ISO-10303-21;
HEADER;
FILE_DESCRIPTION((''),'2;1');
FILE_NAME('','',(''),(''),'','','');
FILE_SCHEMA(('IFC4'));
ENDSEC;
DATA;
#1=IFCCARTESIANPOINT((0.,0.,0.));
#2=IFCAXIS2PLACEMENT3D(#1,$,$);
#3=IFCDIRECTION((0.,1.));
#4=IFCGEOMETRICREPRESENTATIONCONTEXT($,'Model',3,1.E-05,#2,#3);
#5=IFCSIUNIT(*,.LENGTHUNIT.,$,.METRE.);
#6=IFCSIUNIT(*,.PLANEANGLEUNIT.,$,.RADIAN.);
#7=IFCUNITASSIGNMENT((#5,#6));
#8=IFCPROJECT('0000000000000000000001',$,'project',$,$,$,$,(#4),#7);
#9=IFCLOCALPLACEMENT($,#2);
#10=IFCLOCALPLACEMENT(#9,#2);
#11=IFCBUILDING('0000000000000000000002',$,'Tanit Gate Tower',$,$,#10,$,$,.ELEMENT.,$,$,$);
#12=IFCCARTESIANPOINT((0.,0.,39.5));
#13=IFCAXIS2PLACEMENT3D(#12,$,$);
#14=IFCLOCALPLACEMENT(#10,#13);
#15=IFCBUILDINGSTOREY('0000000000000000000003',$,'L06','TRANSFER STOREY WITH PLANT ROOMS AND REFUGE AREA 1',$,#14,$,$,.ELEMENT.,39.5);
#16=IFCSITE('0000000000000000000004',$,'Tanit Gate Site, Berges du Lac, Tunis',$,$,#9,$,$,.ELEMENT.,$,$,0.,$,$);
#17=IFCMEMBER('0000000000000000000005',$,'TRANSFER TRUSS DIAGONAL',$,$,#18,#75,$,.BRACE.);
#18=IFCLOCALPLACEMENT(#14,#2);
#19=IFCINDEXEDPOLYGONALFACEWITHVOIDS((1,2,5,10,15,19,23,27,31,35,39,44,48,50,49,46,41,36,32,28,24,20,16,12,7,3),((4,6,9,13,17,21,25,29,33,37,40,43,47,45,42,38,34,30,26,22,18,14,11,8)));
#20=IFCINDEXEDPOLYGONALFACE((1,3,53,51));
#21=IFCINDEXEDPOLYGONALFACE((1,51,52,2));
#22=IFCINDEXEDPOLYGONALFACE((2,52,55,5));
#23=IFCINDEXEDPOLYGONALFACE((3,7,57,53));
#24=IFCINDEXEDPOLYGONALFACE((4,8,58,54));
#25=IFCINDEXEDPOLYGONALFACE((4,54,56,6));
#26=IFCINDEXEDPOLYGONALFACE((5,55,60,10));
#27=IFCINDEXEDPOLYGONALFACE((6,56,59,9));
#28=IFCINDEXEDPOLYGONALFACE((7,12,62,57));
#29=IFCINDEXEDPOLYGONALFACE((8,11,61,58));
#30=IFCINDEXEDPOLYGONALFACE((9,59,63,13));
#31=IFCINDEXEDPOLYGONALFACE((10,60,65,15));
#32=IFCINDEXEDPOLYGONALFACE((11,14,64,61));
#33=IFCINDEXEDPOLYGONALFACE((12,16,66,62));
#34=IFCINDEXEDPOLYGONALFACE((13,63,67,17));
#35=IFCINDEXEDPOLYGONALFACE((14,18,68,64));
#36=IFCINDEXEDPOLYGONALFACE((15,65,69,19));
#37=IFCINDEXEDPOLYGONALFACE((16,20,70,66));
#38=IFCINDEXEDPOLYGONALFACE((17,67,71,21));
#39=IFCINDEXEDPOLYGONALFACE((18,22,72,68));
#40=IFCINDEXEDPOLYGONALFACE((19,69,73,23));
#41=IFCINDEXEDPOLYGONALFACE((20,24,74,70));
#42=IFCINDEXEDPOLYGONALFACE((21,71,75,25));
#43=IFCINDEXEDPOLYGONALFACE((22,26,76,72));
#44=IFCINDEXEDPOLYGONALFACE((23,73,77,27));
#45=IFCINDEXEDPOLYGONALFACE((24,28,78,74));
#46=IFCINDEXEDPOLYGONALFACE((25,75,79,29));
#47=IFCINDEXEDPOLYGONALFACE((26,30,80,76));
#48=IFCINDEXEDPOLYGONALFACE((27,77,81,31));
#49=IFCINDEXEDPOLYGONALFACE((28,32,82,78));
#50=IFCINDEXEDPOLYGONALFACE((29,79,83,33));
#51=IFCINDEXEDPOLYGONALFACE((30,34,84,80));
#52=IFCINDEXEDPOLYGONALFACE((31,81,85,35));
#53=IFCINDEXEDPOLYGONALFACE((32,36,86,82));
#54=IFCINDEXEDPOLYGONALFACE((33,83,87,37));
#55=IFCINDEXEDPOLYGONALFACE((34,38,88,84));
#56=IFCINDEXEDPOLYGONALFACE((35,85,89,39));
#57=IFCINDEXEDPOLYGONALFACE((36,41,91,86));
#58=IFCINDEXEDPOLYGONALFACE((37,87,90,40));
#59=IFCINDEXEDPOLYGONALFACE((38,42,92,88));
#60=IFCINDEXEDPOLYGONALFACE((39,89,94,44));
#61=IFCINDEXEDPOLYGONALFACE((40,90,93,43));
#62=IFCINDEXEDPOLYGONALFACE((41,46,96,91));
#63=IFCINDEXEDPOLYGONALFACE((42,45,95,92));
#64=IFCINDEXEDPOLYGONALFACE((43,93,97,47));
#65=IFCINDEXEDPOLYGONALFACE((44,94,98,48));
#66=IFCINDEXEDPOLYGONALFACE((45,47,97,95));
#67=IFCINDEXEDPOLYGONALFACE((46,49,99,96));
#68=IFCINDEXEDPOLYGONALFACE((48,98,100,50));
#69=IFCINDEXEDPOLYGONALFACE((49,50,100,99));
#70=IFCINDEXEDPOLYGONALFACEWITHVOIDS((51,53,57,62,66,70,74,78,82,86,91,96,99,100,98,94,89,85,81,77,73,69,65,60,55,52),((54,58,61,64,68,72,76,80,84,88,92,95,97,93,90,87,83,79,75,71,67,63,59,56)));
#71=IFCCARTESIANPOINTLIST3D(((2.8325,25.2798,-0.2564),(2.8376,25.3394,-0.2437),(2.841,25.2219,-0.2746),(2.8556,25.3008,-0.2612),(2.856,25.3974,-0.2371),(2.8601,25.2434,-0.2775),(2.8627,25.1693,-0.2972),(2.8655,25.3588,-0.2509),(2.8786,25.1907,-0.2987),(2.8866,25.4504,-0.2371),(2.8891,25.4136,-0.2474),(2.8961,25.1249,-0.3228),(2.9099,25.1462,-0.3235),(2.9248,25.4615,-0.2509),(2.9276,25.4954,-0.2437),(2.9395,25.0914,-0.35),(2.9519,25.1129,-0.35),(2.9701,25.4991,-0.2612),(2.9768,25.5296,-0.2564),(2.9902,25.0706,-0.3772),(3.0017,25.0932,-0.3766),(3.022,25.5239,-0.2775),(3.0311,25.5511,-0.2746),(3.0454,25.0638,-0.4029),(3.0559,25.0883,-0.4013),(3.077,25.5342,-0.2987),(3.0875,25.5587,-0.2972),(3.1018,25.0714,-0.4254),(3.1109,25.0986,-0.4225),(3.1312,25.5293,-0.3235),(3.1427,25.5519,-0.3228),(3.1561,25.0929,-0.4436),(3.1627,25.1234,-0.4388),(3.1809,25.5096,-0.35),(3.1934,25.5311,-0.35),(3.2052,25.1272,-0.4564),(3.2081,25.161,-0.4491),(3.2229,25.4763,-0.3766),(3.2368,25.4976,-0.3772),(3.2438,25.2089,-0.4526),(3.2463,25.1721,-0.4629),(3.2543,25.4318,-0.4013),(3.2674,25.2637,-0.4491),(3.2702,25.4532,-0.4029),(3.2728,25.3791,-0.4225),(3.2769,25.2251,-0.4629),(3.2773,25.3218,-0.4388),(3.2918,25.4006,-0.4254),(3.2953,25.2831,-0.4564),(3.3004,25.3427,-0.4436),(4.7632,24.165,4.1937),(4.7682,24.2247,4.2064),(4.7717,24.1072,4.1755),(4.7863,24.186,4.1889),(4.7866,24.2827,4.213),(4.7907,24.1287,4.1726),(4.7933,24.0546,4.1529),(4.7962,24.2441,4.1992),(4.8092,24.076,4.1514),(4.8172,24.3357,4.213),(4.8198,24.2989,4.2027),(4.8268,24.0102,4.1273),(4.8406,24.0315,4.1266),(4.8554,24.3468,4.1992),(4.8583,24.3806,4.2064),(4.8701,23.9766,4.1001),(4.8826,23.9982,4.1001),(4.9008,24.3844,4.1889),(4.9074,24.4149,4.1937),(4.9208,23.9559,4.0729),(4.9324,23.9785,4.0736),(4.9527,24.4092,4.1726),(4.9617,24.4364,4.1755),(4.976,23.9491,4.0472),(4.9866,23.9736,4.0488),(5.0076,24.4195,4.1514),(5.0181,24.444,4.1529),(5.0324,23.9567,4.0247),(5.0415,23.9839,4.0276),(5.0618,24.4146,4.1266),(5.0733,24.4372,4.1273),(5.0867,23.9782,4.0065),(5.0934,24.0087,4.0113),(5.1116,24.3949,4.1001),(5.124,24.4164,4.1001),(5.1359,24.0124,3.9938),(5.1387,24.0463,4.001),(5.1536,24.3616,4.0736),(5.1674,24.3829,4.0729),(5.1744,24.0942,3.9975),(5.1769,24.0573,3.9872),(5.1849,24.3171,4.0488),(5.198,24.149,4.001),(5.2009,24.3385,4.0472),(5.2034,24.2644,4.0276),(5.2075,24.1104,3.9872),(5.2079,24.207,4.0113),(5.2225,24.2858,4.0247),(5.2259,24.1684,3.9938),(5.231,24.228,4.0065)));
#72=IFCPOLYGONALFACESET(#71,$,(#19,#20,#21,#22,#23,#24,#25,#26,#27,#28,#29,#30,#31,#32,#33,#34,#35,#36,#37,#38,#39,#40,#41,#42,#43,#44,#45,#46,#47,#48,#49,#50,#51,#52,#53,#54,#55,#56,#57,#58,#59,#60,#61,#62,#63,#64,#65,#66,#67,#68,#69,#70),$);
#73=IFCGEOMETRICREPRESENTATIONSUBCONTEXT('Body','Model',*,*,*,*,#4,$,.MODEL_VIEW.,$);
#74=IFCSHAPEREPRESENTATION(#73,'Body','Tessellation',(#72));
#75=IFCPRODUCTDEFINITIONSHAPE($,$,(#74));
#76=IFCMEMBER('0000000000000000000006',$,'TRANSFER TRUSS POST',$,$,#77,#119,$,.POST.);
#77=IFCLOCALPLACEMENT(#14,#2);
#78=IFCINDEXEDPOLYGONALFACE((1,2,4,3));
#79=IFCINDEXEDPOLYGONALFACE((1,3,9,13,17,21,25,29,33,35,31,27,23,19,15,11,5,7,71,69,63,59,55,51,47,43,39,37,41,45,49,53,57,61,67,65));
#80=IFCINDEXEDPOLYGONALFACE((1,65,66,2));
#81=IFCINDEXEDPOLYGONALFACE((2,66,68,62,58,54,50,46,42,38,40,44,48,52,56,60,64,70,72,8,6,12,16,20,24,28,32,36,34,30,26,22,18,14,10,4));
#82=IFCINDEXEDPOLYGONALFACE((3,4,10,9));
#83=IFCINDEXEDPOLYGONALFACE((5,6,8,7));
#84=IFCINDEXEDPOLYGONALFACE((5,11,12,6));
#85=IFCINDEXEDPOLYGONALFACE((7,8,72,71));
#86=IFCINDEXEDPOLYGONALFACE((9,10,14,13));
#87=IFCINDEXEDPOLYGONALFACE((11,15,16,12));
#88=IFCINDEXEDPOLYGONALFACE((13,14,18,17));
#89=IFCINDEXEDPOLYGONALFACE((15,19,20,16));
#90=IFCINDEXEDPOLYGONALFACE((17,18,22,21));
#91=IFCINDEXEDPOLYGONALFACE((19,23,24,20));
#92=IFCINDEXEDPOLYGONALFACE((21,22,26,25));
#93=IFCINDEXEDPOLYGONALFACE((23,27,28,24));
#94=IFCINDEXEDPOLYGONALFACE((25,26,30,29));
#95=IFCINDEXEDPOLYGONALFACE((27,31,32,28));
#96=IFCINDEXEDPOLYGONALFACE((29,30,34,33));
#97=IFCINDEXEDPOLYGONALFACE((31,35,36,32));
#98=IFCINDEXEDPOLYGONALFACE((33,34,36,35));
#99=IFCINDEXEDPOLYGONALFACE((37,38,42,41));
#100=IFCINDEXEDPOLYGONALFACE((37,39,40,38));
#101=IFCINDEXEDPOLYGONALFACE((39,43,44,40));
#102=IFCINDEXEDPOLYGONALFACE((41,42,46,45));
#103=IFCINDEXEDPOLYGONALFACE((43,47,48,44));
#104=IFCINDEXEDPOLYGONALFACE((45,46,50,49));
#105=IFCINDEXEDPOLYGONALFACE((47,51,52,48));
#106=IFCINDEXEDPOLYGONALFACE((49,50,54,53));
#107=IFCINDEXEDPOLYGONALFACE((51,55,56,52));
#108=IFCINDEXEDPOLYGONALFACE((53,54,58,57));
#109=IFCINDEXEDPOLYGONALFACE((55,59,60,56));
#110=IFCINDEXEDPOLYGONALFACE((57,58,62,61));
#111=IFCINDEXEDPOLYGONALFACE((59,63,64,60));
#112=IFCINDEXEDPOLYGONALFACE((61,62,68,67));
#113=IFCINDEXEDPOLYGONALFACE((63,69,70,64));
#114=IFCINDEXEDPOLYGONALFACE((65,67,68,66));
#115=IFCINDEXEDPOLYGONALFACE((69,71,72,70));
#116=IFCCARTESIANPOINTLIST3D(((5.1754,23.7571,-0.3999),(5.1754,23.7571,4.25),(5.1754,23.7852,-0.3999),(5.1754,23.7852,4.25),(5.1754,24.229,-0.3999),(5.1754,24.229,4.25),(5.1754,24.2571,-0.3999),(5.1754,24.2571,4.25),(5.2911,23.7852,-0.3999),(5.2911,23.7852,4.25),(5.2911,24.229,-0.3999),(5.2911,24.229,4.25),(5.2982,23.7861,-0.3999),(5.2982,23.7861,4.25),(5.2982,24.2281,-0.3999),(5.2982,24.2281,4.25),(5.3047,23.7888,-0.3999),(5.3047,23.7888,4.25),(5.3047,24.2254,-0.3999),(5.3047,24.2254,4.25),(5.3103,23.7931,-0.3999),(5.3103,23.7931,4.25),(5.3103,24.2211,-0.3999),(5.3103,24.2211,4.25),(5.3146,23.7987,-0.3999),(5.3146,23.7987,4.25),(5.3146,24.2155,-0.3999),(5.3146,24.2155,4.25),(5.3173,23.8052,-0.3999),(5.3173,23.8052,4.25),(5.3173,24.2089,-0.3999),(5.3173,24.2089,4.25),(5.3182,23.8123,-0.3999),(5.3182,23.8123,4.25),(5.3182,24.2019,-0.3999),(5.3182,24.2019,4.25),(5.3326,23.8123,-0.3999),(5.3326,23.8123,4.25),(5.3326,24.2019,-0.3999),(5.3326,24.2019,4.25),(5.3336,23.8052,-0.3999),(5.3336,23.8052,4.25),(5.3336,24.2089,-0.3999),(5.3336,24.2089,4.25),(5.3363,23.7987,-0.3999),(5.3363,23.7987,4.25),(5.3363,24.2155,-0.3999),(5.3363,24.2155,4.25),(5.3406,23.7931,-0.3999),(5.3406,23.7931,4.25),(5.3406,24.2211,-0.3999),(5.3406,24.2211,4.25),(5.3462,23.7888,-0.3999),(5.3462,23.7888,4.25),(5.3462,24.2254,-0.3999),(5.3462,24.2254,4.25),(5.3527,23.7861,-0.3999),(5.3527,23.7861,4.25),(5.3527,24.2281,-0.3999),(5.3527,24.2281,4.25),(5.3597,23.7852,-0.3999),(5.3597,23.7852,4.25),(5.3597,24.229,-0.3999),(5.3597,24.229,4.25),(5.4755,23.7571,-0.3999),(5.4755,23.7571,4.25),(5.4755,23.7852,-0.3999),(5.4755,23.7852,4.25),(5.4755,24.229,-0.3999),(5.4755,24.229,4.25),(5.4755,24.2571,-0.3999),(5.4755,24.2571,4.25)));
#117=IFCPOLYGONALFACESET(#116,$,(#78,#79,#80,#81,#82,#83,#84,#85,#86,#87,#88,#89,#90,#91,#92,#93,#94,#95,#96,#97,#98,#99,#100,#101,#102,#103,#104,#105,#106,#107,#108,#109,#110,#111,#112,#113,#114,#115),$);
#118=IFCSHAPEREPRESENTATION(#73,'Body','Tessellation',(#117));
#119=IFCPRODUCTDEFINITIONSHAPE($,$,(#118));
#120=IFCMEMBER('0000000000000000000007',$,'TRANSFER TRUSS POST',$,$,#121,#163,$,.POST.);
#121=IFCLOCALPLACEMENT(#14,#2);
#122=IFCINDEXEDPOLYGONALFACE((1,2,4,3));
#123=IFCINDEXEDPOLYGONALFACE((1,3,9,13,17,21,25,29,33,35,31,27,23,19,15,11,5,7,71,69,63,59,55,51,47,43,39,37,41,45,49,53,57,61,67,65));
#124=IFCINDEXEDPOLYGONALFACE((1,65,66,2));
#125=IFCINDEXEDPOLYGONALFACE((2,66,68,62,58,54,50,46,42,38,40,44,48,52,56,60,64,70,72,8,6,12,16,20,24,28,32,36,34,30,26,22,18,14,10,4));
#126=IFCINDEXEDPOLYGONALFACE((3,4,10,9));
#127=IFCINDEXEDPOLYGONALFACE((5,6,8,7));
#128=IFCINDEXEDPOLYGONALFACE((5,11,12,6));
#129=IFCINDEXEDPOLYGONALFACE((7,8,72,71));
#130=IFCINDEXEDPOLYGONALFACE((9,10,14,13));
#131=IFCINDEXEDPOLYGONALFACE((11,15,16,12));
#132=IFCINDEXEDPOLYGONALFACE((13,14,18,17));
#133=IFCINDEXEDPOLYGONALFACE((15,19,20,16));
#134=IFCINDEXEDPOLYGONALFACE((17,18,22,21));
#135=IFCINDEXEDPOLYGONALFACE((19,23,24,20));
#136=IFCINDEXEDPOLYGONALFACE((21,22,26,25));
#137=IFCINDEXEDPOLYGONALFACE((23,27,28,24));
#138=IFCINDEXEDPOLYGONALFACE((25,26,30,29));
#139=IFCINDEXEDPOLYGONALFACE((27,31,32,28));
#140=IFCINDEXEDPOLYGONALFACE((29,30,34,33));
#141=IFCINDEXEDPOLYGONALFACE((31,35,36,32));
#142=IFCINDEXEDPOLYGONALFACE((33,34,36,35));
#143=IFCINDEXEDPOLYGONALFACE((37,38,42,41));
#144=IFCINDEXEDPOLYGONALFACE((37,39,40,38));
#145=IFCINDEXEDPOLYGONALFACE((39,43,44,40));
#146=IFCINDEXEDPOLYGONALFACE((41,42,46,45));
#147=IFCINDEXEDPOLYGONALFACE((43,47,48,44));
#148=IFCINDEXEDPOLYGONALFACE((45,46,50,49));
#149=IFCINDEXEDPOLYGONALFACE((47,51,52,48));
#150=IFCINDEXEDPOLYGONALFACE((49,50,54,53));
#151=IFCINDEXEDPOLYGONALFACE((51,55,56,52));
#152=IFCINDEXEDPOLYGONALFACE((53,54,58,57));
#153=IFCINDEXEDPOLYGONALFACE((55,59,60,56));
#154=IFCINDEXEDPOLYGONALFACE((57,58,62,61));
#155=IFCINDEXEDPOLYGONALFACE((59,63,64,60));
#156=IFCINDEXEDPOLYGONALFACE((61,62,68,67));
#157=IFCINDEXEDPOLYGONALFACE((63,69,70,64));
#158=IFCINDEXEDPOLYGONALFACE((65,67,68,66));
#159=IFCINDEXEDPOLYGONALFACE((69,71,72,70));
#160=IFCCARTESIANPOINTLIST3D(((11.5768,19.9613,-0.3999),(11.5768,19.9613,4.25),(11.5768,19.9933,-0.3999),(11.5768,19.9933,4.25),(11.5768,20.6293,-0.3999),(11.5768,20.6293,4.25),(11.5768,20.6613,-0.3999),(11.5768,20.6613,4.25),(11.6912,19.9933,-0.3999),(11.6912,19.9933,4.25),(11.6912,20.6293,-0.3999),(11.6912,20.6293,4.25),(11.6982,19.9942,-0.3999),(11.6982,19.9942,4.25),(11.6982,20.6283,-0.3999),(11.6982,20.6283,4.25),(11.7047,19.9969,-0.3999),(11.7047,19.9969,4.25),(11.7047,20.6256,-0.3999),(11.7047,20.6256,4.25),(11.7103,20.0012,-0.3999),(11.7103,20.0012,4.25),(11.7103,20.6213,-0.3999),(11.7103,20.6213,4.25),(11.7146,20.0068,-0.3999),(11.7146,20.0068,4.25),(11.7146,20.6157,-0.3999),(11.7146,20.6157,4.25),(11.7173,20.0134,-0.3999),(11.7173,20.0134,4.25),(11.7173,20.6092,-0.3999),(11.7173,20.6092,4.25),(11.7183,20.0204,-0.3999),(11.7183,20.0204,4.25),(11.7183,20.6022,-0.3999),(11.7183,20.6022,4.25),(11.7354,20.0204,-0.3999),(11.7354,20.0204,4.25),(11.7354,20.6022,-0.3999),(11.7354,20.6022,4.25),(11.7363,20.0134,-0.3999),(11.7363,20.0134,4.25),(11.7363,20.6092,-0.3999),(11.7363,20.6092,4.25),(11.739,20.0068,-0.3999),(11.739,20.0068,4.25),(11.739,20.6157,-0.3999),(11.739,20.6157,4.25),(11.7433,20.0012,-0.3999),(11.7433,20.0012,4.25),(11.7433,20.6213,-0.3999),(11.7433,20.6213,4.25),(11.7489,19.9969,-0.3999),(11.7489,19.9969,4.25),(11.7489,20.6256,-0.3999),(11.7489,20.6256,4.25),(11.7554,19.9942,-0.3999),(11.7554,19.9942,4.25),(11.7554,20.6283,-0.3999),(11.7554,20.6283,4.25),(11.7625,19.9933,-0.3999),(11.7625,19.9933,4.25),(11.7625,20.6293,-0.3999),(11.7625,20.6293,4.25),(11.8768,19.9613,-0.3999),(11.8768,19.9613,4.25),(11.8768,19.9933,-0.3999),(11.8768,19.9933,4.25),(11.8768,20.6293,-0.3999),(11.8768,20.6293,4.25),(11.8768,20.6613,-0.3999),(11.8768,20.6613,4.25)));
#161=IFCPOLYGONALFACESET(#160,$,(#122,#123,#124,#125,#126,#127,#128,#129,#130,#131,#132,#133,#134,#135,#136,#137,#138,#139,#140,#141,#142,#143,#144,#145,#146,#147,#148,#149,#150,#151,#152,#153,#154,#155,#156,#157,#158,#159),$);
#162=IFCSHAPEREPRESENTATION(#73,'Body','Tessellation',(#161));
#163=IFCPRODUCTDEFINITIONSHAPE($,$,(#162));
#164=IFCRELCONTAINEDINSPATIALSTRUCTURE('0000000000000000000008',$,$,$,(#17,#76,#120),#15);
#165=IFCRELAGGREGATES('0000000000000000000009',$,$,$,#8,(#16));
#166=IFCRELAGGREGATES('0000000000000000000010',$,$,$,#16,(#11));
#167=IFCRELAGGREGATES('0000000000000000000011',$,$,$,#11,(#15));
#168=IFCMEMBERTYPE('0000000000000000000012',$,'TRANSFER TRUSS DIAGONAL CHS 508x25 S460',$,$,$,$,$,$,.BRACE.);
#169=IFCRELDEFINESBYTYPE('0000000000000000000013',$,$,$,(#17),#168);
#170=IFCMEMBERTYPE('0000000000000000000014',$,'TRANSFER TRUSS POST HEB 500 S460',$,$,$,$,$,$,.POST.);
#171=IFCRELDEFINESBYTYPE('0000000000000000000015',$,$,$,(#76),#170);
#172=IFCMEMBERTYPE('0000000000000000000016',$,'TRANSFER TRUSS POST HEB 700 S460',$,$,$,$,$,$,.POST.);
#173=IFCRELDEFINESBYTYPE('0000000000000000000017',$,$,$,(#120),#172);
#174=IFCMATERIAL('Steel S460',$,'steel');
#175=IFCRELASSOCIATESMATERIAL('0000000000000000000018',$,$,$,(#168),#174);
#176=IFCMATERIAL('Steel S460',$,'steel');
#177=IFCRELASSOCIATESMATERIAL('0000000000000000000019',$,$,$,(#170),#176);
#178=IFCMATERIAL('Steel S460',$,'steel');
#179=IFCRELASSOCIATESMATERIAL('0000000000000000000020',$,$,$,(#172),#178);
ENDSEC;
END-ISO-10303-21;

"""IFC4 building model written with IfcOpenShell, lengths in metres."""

from ifc_helpers import new_model, si_unit, direction, frame, origin, origin_2d, place, context, subcontext, project, spatial, hollow_circle, i_section, extrude, material, material_profile, profile_set, type_object, element, save


model = new_model("IFC4")

# Units and contexts
model_context = context("Model", 3, precision=1e-05, world=origin(), true_north=direction((0.0, 1.0)))
body_context = subcontext(model_context, "Body", "Model", "MODEL_VIEW")
ifc_project = project(units=[si_unit("LENGTHUNIT", "METRE"), si_unit("PLANEANGLEUNIT", "RADIAN")], contexts=[model_context])

# Site, building, storey
site_placement = place(None, origin())
site = spatial("IfcSite", under=ifc_project, at=site_placement, Name="Tanit Gate Site, Berges du Lac, Tunis", CompositionType="ELEMENT", RefElevation=0.0)
building_placement = place(site_placement, origin())
building = spatial("IfcBuilding", under=site, at=building_placement, Name="Tanit Gate Tower", CompositionType="ELEMENT")
storey_placement = place(building_placement, frame((0.0, 0.0, 39.5)))
storey = spatial("IfcBuildingStorey", under=building, at=storey_placement, Name="L06", Description="TRANSFER STOREY WITH PLANT ROOMS AND REFUGE AREA 1", CompositionType="ELEMENT", Elevation=39.5)

# Members
ifc_material_1 = material(Name="Steel S460", Category="steel")
ifc_material_profile_1 = material_profile(ifc_material_1, hollow_circle(Radius=0.2539, WallThickness=0.0249, at=origin_2d()), Name="CHS 508x25")
ifc_profile_set_1 = profile_set([ifc_material_profile_1], Name="Steel S460")
member_type_1 = type_object("IfcMemberType", Name="TRANSFER TRUSS DIAGONAL CHS 508x25 S460", PredefinedType="BRACE", material=ifc_profile_set_1)
member_1_placement = place(storey_placement, frame((4.9971, 24.1965, 4.1001), z_axis=(-0.387887, 0.223962, -0.894083), x_axis=(-0.500026, -0.866011, 0.0)))
element("IfcMember", 1, at=member_1_placement, inside=storey, type_object=member_type_1, Name="TRANSFER TRUSS DIAGONAL", PredefinedType="BRACE", context=body_context, shape_type="SweptSolid", body=[
    extrude(hollow_circle(Radius=0.2539, WallThickness=0.0249, at=origin_2d()), origin(), (0.0, 0.0, 1.0), 4.9773),
])
ifc_material_2 = material(Name="Steel S460", Category="steel")
ifc_material_profile_2 = material_profile(ifc_material_2, i_section(OverallWidth=0.3, OverallDepth=0.5, WebThickness=0.0144, FlangeThickness=0.0281, FilletRadius=0.0271, at=origin_2d()), Name="HEB 500")
ifc_profile_set_2 = profile_set([ifc_material_profile_2], Name="Steel S460")
member_type_2 = type_object("IfcMemberType", Name="TRANSFER TRUSS POST HEB 500 S460", PredefinedType="POST", material=ifc_profile_set_2)
member_2_placement = place(storey_placement, frame((5.3254, 24.0071, -0.3999), z_axis=(0.0, 0.0, 1.0), x_axis=(1.0, 0.0, 0.0)))
element("IfcMember", 2, at=member_2_placement, inside=storey, type_object=member_type_2, Name="TRANSFER TRUSS POST", PredefinedType="POST", context=body_context, shape_type="SweptSolid", body=[
    extrude(i_section(OverallWidth=0.3, OverallDepth=0.5, WebThickness=0.0144, FlangeThickness=0.0281, FilletRadius=0.0271, at=origin_2d()), origin(), (0.0, 0.0, 1.0), 4.6499),
])
ifc_material_3 = material(Name="Steel S460", Category="steel")
ifc_material_profile_3 = material_profile(ifc_material_3, i_section(OverallWidth=0.3, OverallDepth=0.7, WebThickness=0.0171, FlangeThickness=0.032, FilletRadius=0.0271, at=origin_2d()), Name="HEB 700")
ifc_profile_set_3 = profile_set([ifc_material_profile_3], Name="Steel S460")
member_type_3 = type_object("IfcMemberType", Name="TRANSFER TRUSS POST HEB 700 S460", PredefinedType="POST", material=ifc_profile_set_3)
member_3_placement = place(storey_placement, frame((11.7268, 20.3113, -0.3999), z_axis=(0.0, 0.0, 1.0), x_axis=(1.0, 0.0, 0.0)))
element("IfcMember", 3, at=member_3_placement, inside=storey, type_object=member_type_3, Name="TRANSFER TRUSS POST", PredefinedType="POST", context=body_context, shape_type="SweptSolid", body=[
    extrude(i_section(OverallWidth=0.3, OverallDepth=0.7, WebThickness=0.0171, FlangeThickness=0.032, FilletRadius=0.0271, at=origin_2d()), origin(), (0.0, 0.0, 1.0), 4.6499),
])

save(model, "model.ifc")
